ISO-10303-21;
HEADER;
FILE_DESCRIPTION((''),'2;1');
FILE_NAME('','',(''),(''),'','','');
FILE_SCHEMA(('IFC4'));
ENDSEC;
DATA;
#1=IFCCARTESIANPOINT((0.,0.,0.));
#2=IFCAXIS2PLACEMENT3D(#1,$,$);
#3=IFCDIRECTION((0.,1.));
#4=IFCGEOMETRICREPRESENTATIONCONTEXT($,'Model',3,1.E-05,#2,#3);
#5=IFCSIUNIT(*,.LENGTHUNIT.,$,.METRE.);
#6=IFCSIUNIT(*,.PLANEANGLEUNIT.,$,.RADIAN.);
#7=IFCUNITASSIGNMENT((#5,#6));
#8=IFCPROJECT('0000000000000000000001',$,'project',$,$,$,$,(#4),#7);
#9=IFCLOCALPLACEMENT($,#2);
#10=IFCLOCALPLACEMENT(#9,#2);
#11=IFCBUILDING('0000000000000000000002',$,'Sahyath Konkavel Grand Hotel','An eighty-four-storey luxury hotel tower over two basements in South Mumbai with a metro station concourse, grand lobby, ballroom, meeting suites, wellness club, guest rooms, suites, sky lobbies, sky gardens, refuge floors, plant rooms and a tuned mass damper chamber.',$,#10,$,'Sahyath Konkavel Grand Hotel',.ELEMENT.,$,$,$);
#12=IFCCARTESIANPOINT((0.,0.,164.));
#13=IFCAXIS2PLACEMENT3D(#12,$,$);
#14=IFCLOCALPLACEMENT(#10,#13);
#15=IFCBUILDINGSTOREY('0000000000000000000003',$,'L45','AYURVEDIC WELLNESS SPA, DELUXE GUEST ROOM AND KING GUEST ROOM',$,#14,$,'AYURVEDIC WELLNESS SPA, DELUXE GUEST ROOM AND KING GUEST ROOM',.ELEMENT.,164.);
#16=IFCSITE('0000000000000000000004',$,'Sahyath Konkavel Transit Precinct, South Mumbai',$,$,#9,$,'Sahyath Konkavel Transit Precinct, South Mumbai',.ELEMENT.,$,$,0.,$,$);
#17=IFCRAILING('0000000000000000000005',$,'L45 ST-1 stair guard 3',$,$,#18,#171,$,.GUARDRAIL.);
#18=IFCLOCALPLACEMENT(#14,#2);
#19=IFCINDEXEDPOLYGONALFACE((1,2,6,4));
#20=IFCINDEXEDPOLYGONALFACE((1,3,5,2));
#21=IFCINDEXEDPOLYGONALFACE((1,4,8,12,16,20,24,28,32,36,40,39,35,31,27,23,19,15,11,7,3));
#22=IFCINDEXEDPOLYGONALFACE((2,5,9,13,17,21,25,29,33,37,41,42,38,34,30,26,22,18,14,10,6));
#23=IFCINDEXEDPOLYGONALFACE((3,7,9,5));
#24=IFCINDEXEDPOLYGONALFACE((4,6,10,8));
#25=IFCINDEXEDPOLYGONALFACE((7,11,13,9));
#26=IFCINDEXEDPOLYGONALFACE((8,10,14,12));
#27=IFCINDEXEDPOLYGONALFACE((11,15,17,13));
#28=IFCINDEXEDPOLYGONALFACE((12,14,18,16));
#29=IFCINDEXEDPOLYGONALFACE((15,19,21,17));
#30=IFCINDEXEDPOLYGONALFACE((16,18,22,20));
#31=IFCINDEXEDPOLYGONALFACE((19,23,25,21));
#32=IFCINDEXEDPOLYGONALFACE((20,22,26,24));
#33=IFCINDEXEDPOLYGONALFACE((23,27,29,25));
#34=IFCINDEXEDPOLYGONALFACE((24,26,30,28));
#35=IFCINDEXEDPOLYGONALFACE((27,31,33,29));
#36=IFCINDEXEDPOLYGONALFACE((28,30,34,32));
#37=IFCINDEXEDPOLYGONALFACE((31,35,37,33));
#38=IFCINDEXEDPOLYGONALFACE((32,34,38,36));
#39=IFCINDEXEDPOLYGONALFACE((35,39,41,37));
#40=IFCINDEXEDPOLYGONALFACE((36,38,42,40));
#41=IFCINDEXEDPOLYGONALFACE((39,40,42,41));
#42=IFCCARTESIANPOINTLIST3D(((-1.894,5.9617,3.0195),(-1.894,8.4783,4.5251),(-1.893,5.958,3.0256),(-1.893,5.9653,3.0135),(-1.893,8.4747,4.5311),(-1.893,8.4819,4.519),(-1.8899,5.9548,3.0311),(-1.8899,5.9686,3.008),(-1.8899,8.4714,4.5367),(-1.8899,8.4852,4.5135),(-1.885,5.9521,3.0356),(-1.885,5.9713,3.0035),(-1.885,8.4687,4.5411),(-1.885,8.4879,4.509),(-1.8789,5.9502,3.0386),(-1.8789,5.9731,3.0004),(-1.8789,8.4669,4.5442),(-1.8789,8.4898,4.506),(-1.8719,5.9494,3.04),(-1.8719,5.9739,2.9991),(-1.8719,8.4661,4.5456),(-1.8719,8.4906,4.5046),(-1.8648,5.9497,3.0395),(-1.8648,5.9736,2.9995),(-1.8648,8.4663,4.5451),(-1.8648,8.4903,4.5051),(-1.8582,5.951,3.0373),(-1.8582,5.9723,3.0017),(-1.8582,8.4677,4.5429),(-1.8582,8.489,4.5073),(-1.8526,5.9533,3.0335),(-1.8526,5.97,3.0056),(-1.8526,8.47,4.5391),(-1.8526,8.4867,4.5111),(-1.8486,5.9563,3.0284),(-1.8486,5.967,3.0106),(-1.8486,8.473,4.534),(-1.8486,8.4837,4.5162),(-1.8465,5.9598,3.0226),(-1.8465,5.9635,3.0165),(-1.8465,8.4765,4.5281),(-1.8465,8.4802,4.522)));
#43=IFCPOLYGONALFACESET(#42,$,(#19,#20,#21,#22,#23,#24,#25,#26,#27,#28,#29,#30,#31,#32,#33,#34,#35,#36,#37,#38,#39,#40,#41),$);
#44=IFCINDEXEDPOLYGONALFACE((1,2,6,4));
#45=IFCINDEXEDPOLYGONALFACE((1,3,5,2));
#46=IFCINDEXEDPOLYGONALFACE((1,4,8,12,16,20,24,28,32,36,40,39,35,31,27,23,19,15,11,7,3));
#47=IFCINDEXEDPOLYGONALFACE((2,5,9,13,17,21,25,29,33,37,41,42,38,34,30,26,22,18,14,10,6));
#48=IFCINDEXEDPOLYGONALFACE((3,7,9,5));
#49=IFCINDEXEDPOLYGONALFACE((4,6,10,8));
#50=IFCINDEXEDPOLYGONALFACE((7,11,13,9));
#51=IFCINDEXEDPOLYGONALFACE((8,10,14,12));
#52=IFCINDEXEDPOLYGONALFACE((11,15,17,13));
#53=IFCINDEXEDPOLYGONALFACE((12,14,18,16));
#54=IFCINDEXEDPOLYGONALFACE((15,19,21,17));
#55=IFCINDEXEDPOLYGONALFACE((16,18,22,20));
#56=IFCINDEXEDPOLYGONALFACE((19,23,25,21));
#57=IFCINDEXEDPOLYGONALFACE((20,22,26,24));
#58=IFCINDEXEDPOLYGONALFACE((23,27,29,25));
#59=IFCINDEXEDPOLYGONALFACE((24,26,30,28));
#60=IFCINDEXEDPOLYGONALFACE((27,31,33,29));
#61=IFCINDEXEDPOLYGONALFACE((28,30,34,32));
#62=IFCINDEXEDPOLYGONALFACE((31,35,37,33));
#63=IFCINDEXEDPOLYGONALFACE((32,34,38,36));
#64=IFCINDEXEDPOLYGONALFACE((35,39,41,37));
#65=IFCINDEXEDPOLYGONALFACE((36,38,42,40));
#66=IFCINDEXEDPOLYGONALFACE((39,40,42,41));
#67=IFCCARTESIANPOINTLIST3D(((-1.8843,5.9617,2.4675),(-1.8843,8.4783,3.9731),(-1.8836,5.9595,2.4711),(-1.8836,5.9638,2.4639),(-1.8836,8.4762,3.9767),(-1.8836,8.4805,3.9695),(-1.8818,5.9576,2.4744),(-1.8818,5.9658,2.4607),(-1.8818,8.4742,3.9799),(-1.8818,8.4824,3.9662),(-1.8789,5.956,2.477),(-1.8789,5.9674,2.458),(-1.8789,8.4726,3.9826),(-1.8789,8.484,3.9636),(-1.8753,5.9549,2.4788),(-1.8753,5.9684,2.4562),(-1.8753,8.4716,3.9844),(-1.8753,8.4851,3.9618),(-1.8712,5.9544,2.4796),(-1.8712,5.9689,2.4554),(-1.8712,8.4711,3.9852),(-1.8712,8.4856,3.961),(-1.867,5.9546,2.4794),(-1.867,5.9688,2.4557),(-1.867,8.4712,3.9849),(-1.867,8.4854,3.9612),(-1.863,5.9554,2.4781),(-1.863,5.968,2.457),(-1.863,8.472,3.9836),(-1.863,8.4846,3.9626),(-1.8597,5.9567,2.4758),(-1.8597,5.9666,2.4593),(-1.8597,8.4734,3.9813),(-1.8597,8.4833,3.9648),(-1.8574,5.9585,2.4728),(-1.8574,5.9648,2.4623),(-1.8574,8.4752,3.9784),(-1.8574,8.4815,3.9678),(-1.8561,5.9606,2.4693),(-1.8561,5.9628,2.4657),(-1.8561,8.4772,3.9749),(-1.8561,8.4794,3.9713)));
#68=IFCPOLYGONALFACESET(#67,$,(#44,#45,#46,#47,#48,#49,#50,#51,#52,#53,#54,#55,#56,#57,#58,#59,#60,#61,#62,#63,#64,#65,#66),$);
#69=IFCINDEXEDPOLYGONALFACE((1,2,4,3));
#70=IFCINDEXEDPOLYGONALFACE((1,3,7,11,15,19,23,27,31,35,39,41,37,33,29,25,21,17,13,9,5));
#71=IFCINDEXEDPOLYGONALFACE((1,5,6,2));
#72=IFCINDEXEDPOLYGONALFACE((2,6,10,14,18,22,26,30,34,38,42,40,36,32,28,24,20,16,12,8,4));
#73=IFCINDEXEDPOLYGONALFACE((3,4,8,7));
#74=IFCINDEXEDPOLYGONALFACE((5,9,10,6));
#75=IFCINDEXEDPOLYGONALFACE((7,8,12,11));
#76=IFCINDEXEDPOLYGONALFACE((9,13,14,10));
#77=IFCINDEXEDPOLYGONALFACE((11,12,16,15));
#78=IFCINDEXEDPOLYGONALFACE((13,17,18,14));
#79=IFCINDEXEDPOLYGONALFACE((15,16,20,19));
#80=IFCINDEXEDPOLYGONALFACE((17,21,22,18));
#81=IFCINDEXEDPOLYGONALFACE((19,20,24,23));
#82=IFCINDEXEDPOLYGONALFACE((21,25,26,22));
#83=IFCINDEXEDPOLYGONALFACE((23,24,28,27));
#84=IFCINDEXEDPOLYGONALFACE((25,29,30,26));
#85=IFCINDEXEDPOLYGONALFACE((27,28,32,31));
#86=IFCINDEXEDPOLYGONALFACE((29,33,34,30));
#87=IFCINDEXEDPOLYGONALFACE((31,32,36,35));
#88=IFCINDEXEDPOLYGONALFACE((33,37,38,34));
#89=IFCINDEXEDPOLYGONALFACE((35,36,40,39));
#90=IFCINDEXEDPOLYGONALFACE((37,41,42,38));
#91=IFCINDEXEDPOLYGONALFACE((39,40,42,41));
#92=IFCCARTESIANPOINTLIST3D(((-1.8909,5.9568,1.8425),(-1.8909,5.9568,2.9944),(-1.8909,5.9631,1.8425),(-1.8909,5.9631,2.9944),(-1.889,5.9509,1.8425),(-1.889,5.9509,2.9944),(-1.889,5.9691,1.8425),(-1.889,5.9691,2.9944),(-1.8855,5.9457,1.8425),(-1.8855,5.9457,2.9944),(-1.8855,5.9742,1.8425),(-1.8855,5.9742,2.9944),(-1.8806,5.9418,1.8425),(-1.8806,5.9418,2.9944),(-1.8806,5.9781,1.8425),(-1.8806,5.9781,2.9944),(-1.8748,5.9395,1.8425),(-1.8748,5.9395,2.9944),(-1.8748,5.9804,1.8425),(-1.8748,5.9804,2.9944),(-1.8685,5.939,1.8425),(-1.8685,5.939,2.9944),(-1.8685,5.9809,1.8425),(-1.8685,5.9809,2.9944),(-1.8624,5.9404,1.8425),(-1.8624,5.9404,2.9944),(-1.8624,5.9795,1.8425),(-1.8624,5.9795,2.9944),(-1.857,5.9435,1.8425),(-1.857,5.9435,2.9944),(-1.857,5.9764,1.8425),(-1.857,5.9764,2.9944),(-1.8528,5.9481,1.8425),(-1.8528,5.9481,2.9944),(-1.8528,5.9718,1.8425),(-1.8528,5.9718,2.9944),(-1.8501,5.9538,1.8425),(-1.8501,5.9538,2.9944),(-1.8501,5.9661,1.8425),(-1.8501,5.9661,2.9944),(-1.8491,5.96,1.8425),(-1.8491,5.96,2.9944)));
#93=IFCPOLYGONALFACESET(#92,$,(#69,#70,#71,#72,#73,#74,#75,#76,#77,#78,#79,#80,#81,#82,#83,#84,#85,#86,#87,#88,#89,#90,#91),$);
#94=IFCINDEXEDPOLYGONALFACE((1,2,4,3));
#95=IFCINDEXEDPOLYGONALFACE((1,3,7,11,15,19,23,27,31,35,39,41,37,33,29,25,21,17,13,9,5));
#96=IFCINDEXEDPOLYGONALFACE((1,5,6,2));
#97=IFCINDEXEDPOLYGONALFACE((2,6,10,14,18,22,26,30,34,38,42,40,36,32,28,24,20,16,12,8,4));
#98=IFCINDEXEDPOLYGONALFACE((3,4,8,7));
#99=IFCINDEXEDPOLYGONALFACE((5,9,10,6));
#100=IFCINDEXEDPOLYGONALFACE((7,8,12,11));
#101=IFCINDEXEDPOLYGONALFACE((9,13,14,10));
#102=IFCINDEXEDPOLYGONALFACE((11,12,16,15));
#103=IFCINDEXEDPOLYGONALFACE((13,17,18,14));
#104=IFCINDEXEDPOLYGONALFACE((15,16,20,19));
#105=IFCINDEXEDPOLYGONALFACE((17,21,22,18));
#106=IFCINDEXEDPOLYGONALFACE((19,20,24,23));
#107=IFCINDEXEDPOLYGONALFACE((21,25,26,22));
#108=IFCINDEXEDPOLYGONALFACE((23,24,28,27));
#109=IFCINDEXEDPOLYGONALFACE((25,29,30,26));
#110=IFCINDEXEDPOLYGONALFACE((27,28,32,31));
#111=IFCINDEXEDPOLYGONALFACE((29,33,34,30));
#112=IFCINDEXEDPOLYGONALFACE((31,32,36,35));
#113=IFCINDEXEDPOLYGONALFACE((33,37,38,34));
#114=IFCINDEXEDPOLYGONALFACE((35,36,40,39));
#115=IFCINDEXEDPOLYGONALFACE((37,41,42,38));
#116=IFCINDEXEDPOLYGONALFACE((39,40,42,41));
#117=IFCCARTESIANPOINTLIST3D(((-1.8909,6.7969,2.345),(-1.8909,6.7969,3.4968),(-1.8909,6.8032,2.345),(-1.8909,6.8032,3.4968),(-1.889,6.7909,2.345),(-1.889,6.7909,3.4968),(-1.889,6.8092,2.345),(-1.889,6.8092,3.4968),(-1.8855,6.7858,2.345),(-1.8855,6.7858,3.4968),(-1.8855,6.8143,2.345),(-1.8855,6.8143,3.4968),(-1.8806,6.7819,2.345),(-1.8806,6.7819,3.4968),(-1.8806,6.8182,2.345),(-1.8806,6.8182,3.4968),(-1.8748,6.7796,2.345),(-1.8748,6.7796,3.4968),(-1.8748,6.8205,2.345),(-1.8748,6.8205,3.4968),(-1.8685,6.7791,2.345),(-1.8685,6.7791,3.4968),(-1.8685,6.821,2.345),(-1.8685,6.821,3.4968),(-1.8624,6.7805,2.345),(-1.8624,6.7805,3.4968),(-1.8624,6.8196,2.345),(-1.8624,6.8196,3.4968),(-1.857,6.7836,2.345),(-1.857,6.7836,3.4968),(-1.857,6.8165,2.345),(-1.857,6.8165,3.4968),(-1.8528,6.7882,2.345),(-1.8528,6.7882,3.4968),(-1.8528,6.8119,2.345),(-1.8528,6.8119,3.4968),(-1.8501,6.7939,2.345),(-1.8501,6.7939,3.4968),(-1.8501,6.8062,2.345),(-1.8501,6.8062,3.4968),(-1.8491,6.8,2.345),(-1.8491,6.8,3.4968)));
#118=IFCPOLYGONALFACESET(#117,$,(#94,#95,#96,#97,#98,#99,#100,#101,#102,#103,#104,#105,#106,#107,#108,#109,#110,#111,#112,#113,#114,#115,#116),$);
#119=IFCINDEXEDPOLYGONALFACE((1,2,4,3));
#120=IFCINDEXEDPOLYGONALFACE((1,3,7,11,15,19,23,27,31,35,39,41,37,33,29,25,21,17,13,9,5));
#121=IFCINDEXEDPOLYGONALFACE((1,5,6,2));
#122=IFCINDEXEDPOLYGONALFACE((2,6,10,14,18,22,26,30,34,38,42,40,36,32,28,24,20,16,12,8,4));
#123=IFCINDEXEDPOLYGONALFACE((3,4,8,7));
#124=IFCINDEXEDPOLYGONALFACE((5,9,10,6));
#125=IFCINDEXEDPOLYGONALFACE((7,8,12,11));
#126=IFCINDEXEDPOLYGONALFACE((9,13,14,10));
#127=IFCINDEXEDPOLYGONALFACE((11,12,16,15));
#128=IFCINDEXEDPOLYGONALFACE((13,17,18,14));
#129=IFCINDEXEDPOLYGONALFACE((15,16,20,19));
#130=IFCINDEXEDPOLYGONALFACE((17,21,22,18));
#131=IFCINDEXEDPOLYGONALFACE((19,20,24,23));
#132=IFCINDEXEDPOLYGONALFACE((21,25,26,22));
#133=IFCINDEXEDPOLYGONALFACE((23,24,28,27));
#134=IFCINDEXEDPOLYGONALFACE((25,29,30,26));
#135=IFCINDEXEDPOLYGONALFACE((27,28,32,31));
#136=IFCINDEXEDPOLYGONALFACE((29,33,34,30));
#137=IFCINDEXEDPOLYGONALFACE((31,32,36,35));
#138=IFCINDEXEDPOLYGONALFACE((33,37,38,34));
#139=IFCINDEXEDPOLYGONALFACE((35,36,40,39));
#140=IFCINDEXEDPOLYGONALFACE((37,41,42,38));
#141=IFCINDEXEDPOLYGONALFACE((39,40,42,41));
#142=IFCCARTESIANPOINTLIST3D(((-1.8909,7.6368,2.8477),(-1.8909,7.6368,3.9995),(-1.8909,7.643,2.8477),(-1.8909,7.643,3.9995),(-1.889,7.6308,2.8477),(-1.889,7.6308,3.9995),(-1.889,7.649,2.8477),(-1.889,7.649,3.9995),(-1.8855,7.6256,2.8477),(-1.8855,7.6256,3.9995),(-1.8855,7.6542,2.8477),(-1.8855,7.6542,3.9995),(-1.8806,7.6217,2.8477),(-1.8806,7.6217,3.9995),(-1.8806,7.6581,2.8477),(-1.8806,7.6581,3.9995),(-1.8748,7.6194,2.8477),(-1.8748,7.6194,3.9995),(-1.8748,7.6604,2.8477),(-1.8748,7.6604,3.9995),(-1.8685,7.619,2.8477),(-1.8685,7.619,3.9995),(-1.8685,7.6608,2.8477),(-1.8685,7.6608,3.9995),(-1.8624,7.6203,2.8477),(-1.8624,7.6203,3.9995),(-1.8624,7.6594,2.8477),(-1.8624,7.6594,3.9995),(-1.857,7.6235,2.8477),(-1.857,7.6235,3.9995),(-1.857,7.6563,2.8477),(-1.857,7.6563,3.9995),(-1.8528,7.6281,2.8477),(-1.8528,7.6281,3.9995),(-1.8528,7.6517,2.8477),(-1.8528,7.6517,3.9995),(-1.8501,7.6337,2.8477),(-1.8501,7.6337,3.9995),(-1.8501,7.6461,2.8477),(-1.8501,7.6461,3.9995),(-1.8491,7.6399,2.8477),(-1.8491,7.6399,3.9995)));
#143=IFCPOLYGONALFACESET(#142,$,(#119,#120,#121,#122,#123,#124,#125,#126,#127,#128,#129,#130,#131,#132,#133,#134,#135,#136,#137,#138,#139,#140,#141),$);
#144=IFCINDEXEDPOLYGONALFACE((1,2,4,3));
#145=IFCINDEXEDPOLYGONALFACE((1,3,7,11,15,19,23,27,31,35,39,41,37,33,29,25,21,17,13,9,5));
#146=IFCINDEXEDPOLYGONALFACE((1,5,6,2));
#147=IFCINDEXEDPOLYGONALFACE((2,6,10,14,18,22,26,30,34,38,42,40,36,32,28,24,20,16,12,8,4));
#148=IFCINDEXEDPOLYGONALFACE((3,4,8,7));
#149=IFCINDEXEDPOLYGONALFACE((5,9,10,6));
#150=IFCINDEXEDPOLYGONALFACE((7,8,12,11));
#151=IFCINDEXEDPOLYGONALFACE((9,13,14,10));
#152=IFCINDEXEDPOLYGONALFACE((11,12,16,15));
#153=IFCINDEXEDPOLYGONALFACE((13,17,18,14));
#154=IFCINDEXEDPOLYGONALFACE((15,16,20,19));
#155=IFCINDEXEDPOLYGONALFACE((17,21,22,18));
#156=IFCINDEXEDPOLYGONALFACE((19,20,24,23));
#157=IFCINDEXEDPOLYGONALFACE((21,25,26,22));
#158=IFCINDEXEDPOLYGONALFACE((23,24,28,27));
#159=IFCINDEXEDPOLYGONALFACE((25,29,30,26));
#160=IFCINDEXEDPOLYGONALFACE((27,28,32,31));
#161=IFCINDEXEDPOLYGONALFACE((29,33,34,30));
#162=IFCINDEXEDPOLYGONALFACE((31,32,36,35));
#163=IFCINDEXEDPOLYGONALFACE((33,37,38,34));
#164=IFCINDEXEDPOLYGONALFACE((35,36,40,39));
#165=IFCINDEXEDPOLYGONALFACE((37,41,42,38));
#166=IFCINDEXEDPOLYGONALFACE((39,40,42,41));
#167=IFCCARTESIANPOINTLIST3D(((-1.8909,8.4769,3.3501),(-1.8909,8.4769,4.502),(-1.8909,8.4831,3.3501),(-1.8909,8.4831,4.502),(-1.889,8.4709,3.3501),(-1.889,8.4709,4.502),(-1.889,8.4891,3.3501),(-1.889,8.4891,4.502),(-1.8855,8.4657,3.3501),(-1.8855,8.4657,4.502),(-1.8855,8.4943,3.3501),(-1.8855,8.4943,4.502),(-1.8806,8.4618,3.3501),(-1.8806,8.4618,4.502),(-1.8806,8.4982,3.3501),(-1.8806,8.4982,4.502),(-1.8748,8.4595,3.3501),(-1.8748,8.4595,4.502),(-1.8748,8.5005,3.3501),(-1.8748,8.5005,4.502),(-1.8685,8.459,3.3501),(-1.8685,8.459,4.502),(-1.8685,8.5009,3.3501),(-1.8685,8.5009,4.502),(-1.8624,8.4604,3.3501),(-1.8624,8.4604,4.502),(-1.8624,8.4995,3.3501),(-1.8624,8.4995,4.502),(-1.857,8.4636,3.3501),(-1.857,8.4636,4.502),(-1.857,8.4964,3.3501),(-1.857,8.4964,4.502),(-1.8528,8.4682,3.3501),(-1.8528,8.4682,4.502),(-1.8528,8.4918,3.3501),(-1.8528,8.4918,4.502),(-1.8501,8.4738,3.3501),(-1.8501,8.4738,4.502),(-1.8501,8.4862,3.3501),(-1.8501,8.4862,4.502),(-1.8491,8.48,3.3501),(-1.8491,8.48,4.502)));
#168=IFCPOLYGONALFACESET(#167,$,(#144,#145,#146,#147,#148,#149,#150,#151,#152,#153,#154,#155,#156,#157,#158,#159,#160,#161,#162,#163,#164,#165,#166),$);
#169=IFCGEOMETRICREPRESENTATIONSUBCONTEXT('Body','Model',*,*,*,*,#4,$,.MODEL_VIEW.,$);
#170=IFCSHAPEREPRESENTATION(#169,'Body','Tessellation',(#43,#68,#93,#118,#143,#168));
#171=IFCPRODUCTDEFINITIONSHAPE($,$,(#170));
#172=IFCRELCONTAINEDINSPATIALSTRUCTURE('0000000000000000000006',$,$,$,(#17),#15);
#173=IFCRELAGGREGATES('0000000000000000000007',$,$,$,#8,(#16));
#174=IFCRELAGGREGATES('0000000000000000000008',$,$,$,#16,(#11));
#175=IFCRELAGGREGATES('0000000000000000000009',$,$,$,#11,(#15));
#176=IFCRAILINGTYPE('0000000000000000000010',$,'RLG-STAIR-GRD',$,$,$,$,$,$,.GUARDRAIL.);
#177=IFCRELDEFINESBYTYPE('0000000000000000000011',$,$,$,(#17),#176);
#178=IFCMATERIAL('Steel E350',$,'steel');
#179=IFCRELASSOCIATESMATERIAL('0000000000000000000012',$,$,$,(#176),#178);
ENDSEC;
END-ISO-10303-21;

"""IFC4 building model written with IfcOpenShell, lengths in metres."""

from ifc_helpers import new_model, si_unit, direction, frame, origin, origin_2d, place, context, subcontext, project, spatial, circle, extrude, material, type_object, element, save


model = new_model("IFC4")

# Units and contexts
model_context = context("Model", 3, precision=1e-05, world=origin(), true_north=direction((0.0, 1.0)))
body_context = subcontext(model_context, "Body", "Model", "MODEL_VIEW")
ifc_project = project(units=[si_unit("LENGTHUNIT", "METRE"), si_unit("PLANEANGLEUNIT", "RADIAN")], contexts=[model_context])

# Site, building, storey
site_placement = place(None, origin())
site = spatial("IfcSite", under=ifc_project, at=site_placement, Name="Sahyath Konkavel Transit Precinct, South Mumbai", LongName="Sahyath Konkavel Transit Precinct, South Mumbai", CompositionType="ELEMENT", RefElevation=0.0)
building_placement = place(site_placement, origin())
building = spatial("IfcBuilding", under=site, at=building_placement, Name="Sahyath Konkavel Grand Hotel", Description="An eighty-four-storey luxury hotel tower over two basements in South Mumbai with a metro station concourse, grand lobby, ballroom, meeting suites, wellness club, guest rooms, suites, sky lobbies, sky gardens, refuge floors, plant rooms and a tuned mass damper chamber.", LongName="Sahyath Konkavel Grand Hotel", CompositionType="ELEMENT")
storey_placement = place(building_placement, frame((0.0, 0.0, 164.0)))
storey = spatial("IfcBuildingStorey", under=building, at=storey_placement, Name="L45", Description="AYURVEDIC WELLNESS SPA, DELUXE GUEST ROOM AND KING GUEST ROOM", LongName="AYURVEDIC WELLNESS SPA, DELUXE GUEST ROOM AND KING GUEST ROOM", CompositionType="ELEMENT", Elevation=164.0)

# Shared definitions
ifc_material_1 = material(Name="Steel E350", Category="steel")

# Railing
railing_type = type_object("IfcRailingType", Name="RLG-STAIR-GRD", PredefinedType="GUARDRAIL", material=ifc_material_1)
railing_1_placement = place(storey_placement, frame((-1.8701, 5.96, 1.8425)))
element("IfcRailing", 1, at=railing_1_placement, inside=storey, type_object=railing_type, Name="L45 ST-1 stair guard 3", PredefinedType="GUARDRAIL", context=body_context, shape_type="SweptSolid", body=[
    extrude(circle(Radius=0.0239, at=origin_2d()), frame((0.0, 0.0017, 1.177), z_axis=(0.0, 0.85816, 0.513383), x_axis=(-1.0, 0.0, 0.0)), (0.0, 0.0, 1.0), 2.9326),
    extrude(circle(Radius=0.0142, at=origin_2d()), frame((0.0, 0.0017, 0.625), z_axis=(0.0, 0.85816, 0.513383), x_axis=(-1.0, 0.0, 0.0)), (0.0, 0.0, 1.0), 2.9326),
    extrude(circle(Radius=0.021, at=origin_2d()), origin(), (0.0, 0.0, 1.0), 1.1519),
    extrude(circle(Radius=0.021, at=origin_2d()), frame((0.0, 0.8401, 0.5024)), (0.0, 0.0, 1.0), 1.1519),
    extrude(circle(Radius=0.021, at=origin_2d()), frame((0.0, 1.6799, 1.0051)), (0.0, 0.0, 1.0), 1.1519),
    extrude(circle(Radius=0.021, at=origin_2d()), frame((0.0, 2.52, 1.5076)), (0.0, 0.0, 1.0), 1.1519),
])

save(model, "model.ifc")
